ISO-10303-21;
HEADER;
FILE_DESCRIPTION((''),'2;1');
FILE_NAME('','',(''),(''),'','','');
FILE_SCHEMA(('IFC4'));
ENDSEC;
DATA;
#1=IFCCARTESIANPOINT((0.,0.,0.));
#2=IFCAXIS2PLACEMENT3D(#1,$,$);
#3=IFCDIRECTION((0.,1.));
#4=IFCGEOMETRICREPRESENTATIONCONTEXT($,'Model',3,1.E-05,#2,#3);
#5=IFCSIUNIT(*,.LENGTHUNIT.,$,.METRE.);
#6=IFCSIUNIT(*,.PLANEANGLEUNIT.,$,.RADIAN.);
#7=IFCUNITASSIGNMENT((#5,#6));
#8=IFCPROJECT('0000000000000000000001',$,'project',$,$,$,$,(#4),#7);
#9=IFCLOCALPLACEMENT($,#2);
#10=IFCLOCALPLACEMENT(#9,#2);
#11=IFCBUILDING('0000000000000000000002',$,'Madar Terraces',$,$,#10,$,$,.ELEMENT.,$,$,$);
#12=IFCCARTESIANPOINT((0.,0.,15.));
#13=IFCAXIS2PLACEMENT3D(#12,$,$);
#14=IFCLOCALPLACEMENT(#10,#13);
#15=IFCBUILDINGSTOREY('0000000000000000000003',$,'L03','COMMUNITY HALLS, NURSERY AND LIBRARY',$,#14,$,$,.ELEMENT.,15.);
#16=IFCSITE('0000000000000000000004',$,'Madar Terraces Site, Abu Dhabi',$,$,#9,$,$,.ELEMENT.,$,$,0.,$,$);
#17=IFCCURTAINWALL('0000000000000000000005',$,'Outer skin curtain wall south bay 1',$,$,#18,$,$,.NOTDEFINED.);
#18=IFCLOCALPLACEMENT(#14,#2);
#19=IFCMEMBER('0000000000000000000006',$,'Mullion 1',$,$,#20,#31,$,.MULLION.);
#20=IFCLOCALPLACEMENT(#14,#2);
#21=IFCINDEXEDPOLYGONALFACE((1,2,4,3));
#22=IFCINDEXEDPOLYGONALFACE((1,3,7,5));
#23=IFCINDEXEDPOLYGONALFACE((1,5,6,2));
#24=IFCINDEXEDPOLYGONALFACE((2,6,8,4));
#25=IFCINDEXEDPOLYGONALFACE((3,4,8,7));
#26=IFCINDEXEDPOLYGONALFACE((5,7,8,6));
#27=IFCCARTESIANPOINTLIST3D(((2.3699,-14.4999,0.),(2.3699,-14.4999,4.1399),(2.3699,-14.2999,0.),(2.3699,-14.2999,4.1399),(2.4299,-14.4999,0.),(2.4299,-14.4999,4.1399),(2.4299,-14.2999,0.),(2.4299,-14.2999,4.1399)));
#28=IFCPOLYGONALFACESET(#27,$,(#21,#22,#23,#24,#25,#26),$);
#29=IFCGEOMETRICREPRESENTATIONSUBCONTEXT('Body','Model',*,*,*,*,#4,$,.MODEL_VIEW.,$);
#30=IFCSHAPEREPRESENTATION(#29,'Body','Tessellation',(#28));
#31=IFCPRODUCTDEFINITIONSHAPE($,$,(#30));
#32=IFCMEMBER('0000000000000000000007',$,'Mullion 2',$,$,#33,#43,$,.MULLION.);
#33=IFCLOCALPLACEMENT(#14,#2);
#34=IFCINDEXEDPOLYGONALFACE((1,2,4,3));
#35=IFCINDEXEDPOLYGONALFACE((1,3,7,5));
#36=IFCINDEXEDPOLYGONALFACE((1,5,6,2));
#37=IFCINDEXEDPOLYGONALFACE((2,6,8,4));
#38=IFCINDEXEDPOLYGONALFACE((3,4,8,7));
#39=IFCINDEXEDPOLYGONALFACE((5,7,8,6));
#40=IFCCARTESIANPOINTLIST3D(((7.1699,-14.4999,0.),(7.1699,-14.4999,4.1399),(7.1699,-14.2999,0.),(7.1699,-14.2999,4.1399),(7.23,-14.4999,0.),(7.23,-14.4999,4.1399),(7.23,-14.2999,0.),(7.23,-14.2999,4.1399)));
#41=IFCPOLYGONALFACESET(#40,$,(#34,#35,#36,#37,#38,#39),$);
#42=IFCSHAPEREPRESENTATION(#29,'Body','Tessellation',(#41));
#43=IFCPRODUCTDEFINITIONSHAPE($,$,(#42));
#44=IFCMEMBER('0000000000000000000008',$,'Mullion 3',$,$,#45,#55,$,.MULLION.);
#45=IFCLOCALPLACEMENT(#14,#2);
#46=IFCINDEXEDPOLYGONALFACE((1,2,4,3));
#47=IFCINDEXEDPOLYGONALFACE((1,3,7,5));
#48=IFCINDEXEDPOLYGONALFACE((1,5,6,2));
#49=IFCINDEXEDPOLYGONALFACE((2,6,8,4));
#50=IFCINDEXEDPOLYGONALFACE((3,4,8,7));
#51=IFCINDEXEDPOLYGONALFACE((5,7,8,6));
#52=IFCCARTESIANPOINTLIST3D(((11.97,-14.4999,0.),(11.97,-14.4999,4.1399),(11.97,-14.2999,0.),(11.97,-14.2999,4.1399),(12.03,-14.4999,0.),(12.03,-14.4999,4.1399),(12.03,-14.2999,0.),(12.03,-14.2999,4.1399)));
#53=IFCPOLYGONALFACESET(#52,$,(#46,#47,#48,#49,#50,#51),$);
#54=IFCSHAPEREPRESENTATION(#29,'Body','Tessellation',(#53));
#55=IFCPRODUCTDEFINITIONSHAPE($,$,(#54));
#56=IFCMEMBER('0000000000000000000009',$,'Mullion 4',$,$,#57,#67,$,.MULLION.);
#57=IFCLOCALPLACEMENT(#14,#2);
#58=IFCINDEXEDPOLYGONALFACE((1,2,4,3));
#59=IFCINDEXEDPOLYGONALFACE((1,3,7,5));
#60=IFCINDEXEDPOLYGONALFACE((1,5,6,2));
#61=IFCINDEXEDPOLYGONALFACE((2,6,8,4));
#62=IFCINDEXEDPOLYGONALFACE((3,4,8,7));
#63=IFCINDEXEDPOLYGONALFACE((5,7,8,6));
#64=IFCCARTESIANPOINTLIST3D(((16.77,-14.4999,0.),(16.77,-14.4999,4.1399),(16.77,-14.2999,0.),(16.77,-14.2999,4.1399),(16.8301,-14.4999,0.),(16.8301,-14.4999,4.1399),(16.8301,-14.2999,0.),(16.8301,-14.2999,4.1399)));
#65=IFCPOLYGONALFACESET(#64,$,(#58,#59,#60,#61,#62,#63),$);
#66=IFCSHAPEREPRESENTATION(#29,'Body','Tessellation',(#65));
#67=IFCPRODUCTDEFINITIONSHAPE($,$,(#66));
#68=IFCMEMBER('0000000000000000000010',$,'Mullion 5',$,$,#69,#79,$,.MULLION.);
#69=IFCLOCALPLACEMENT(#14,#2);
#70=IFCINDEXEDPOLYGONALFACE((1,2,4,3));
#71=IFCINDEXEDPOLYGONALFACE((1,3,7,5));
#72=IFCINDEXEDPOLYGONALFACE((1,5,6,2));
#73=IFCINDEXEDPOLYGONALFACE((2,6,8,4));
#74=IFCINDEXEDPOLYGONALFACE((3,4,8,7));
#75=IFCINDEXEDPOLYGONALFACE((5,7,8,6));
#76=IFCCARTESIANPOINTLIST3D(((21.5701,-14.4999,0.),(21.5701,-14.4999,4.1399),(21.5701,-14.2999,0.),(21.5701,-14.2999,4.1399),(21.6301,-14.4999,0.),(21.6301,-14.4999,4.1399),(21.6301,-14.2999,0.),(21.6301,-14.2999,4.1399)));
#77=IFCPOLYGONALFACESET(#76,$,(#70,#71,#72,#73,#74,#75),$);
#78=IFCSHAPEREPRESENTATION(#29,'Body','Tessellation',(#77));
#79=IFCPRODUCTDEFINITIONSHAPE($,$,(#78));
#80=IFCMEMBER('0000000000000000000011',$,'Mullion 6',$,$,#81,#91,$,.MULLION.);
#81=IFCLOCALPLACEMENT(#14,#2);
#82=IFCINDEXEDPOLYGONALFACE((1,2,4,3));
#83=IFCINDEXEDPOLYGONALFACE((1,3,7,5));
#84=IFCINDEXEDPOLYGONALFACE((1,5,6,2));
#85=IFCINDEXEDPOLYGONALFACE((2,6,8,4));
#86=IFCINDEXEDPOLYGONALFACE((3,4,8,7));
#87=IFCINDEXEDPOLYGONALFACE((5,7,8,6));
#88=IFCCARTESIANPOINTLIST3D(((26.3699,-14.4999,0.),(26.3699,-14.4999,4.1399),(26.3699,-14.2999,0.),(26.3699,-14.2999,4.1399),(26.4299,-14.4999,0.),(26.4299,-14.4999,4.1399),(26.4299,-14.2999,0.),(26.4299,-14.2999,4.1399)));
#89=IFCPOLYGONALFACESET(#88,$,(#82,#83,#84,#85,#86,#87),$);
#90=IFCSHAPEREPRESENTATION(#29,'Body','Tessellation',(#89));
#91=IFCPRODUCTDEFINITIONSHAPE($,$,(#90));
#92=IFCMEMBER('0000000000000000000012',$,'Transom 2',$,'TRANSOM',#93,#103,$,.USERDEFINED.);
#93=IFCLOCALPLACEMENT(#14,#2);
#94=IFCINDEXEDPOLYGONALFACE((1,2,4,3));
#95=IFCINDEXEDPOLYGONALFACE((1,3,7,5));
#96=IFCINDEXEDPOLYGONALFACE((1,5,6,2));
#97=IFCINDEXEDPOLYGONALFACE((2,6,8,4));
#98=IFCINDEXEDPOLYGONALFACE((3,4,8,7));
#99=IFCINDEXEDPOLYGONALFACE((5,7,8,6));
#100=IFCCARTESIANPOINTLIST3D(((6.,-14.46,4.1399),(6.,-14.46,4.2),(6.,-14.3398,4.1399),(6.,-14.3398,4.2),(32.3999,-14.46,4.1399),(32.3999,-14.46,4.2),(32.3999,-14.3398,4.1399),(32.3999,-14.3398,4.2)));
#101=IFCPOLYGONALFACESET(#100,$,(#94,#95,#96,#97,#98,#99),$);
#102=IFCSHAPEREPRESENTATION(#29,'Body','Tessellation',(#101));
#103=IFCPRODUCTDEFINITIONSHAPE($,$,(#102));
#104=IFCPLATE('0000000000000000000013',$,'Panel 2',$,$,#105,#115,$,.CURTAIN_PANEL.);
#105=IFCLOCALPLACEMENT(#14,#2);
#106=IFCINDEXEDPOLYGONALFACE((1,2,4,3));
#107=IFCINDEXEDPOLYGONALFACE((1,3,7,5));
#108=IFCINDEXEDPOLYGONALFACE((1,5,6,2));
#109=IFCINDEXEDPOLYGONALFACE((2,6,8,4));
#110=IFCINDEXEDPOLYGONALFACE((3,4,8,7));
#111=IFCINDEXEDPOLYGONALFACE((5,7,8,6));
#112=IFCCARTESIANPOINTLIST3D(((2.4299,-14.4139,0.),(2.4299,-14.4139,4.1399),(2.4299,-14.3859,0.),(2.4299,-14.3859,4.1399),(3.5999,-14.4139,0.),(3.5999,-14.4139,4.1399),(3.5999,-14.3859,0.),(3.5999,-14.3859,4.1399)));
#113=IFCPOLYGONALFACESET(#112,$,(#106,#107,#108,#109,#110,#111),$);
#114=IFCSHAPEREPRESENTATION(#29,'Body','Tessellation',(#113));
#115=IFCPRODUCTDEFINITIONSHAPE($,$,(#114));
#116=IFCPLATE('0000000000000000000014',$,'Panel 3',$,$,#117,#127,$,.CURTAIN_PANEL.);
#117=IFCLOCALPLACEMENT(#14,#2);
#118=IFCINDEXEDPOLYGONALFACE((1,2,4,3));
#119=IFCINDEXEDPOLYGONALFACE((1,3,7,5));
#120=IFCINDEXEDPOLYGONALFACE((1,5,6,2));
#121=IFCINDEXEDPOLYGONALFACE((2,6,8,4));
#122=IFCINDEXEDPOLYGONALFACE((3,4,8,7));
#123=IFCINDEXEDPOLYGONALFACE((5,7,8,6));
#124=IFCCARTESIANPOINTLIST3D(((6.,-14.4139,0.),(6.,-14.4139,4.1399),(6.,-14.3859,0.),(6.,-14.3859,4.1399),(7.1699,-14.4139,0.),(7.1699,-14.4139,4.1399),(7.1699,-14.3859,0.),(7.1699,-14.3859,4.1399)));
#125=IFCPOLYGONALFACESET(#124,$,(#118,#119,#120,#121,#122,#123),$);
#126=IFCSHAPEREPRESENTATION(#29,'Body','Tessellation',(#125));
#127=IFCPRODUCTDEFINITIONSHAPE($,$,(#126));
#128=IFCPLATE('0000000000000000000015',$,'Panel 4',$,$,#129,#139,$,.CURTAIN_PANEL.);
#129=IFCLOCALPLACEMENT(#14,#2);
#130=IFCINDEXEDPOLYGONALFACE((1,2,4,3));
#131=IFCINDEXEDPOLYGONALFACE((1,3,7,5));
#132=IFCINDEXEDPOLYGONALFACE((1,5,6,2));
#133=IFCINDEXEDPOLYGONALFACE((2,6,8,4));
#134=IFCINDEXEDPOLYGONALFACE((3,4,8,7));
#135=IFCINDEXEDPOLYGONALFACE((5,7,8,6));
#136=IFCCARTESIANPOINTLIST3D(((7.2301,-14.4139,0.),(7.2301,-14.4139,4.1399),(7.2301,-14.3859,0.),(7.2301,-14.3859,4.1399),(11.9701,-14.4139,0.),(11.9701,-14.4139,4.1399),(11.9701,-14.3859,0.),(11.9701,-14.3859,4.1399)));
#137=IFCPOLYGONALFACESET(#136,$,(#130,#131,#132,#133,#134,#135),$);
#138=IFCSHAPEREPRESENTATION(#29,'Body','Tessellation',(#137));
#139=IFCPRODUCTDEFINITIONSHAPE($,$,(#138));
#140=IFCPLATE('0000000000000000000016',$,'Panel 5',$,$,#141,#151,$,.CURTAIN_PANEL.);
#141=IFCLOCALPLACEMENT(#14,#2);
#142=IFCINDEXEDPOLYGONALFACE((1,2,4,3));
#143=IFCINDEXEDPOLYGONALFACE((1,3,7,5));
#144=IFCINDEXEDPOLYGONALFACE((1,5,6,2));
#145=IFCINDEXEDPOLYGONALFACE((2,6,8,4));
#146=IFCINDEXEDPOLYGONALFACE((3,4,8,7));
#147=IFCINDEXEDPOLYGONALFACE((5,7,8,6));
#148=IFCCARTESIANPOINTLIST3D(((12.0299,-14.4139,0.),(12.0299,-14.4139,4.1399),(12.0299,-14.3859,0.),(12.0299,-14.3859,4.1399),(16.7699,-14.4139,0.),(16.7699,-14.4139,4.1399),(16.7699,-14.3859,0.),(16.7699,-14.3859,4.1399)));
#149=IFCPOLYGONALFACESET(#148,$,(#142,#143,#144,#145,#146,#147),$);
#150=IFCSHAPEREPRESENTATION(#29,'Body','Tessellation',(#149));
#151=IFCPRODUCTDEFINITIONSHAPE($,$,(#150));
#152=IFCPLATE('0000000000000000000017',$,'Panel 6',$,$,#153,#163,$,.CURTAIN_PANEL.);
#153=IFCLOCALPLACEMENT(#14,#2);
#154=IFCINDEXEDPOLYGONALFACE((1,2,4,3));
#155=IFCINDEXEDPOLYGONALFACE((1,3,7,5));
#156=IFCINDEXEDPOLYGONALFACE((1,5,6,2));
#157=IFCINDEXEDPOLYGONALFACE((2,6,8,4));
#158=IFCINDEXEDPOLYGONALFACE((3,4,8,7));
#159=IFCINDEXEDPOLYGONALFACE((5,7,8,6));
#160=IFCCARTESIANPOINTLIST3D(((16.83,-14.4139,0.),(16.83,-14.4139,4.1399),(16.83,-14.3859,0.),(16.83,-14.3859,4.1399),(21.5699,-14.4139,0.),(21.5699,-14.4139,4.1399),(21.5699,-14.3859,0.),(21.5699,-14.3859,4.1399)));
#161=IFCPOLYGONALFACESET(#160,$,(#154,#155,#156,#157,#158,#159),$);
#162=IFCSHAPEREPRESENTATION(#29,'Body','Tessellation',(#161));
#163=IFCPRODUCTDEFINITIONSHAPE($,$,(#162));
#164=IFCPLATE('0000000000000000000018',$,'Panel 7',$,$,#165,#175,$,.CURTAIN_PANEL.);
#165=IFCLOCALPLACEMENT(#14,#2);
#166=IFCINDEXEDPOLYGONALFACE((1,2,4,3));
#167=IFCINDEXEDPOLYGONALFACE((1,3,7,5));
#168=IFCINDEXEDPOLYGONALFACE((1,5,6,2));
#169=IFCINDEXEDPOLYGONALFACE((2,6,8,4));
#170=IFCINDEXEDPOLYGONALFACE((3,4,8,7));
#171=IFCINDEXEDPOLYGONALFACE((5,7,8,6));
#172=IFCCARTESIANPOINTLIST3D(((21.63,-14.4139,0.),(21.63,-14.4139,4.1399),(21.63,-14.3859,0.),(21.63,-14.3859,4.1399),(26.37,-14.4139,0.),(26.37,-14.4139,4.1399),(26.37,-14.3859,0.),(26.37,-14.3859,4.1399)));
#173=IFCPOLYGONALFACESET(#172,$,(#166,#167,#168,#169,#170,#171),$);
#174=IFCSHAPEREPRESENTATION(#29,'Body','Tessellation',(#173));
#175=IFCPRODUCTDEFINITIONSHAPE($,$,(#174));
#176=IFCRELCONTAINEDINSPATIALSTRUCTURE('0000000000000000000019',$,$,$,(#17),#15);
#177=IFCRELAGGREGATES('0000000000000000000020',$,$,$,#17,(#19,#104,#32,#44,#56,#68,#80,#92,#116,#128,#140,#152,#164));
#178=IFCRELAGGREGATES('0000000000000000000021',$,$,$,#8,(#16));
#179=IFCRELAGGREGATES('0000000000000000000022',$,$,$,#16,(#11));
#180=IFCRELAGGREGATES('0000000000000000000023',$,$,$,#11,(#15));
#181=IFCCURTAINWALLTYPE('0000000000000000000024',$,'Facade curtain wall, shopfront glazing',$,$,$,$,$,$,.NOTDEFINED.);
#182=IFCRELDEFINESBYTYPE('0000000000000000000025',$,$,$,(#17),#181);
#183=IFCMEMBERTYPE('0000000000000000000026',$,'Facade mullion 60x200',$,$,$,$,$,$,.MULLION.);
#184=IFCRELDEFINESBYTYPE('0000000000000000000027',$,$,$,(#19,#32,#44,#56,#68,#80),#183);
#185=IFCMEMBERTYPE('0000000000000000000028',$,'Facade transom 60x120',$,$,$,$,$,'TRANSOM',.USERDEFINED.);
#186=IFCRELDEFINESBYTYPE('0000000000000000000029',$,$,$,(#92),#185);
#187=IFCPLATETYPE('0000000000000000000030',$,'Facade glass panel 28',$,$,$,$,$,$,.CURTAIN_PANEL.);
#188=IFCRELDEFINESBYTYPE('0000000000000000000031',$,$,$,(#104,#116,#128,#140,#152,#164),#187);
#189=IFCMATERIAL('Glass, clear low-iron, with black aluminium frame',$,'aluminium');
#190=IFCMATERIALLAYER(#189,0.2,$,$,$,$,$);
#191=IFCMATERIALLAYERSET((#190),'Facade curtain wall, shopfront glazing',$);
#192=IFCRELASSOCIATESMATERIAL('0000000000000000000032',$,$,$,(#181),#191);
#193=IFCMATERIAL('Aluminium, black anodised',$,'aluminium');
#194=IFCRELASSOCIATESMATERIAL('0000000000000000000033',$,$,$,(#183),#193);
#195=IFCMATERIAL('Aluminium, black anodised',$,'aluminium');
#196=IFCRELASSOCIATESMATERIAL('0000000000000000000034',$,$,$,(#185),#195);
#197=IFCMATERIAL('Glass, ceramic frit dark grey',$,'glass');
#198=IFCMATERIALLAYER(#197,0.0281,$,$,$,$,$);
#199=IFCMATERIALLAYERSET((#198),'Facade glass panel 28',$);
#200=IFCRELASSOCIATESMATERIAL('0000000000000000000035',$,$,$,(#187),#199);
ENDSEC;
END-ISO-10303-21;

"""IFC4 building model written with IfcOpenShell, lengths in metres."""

from ifc_helpers import new_model, si_unit, direction, frame, origin, origin_2d, place, context, subcontext, project, spatial, rectangle, extrude, material, layer, layer_set, material_profile, profile_set, type_object, element, aggregate, save


model = new_model("IFC4")

# Units and contexts
model_context = context("Model", 3, precision=1e-05, world=origin(), true_north=direction((0.0, 1.0)))
body_context = subcontext(model_context, "Body", "Model", "MODEL_VIEW")
ifc_project = project(units=[si_unit("LENGTHUNIT", "METRE"), si_unit("PLANEANGLEUNIT", "RADIAN")], contexts=[model_context])

# Site, building, storey
site_placement = place(None, origin())
site = spatial("IfcSite", under=ifc_project, at=site_placement, Name="Madar Terraces Site, Abu Dhabi", CompositionType="ELEMENT", RefElevation=0.0)
building_placement = place(site_placement, origin())
building = spatial("IfcBuilding", under=site, at=building_placement, Name="Madar Terraces", CompositionType="ELEMENT")
storey_placement = place(building_placement, frame((0.0, 0.0, 15.0)))
storey = spatial("IfcBuildingStorey", under=building, at=storey_placement, Name="L03", Description="COMMUNITY HALLS, NURSERY AND LIBRARY", CompositionType="ELEMENT", Elevation=15.0)

# Curtain wall, members, plates
ifc_material_1 = material(Name="Glass, clear low-iron, with black aluminium frame", Category="aluminium")
ifc_layer_1 = layer(ifc_material_1, 0.2)
ifc_layer_set_1 = layer_set([ifc_layer_1], Name="Facade curtain wall, shopfront glazing")
curtain_wall_type = type_object("IfcCurtainWallType", Name="Facade curtain wall, shopfront glazing", PredefinedType="NOTDEFINED", material=ifc_layer_set_1)
curtain_wall_placement = place(storey_placement, origin())
curtain_wall = element("IfcCurtainWall", 1, at=curtain_wall_placement, inside=storey, type_object=curtain_wall_type, Name="Outer skin curtain wall south bay 1", PredefinedType="NOTDEFINED")
ifc_material_2 = material(Name="Aluminium, black anodised", Category="aluminium")
ifc_material_profile_1 = material_profile(ifc_material_2, rectangle(XDim=0.2, YDim=0.0601, at=origin_2d()), Name="Facade mullion 60x200")
ifc_profile_set_1 = profile_set([ifc_material_profile_1], Name="Aluminium, black anodised")
member_type_1 = type_object("IfcMemberType", Name="Facade mullion 60x200", PredefinedType="MULLION", material=ifc_profile_set_1)
member_1_placement = place(storey_placement, frame((2.3999, -14.3999, 0.0), z_axis=(0.0, 0.0, 1.0), x_axis=(0.0, 1.0, 0.0)))
member_1 = element("IfcMember", 2, at=member_1_placement, type_object=member_type_1, Name="Mullion 1", PredefinedType="MULLION", context=body_context, shape_type="SweptSolid", body=[
    extrude(rectangle(XDim=0.2, YDim=0.0601, at=origin_2d()), origin(), (0.0, 0.0, 1.0), 4.1399),
])
member_2_placement = place(storey_placement, frame((7.2, -14.3999, 0.0), z_axis=(0.0, 0.0, 1.0), x_axis=(0.0, 1.0, 0.0)))
member_2 = element("IfcMember", 3, at=member_2_placement, type_object=member_type_1, Name="Mullion 2", PredefinedType="MULLION", context=body_context, shape_type="SweptSolid", body=[
    extrude(rectangle(XDim=0.2, YDim=0.0601, at=origin_2d()), origin(), (0.0, 0.0, 1.0), 4.1399),
])
member_3_placement = place(storey_placement, frame((12.0, -14.3999, 0.0), z_axis=(0.0, 0.0, 1.0), x_axis=(0.0, 1.0, 0.0)))
member_3 = element("IfcMember", 4, at=member_3_placement, type_object=member_type_1, Name="Mullion 3", PredefinedType="MULLION", context=body_context, shape_type="SweptSolid", body=[
    extrude(rectangle(XDim=0.2, YDim=0.0601, at=origin_2d()), origin(), (0.0, 0.0, 1.0), 4.1399),
])
member_4_placement = place(storey_placement, frame((16.8, -14.3999, 0.0), z_axis=(0.0, 0.0, 1.0), x_axis=(0.0, 1.0, 0.0)))
member_4 = element("IfcMember", 5, at=member_4_placement, type_object=member_type_1, Name="Mullion 4", PredefinedType="MULLION", context=body_context, shape_type="SweptSolid", body=[
    extrude(rectangle(XDim=0.2, YDim=0.0601, at=origin_2d()), origin(), (0.0, 0.0, 1.0), 4.1399),
])
member_5_placement = place(storey_placement, frame((21.6001, -14.3999, 0.0), z_axis=(0.0, 0.0, 1.0), x_axis=(0.0, 1.0, 0.0)))
member_5 = element("IfcMember", 6, at=member_5_placement, type_object=member_type_1, Name="Mullion 5", PredefinedType="MULLION", context=body_context, shape_type="SweptSolid", body=[
    extrude(rectangle(XDim=0.2, YDim=0.0601, at=origin_2d()), origin(), (0.0, 0.0, 1.0), 4.1399),
])
member_6_placement = place(storey_placement, frame((26.3999, -14.3999, 0.0), z_axis=(0.0, 0.0, 1.0), x_axis=(0.0, 1.0, 0.0)))
member_6 = element("IfcMember", 7, at=member_6_placement, type_object=member_type_1, Name="Mullion 6", PredefinedType="MULLION", context=body_context, shape_type="SweptSolid", body=[
    extrude(rectangle(XDim=0.2, YDim=0.0601, at=origin_2d()), origin(), (0.0, 0.0, 1.0), 4.1399),
])
ifc_material_3 = material(Name="Aluminium, black anodised", Category="aluminium")
ifc_material_profile_2 = material_profile(ifc_material_3, rectangle(XDim=0.1201, YDim=0.0601, at=origin_2d()), Name="Facade transom 60x120")
ifc_profile_set_2 = profile_set([ifc_material_profile_2], Name="Aluminium, black anodised")
member_type_2 = type_object("IfcMemberType", Name="Facade transom 60x120", ElementType="TRANSOM", PredefinedType="USERDEFINED", material=ifc_profile_set_2)
member_7_placement = place(storey_placement, frame((6.0, -14.3999, 4.1699), z_axis=(1.0, 0.0, 0.0), x_axis=(0.0, 1.0, 0.0)))
member_7 = element("IfcMember", 8, at=member_7_placement, type_object=member_type_2, Name="Transom 2", ObjectType="TRANSOM", PredefinedType="USERDEFINED", context=body_context, shape_type="SweptSolid", body=[
    extrude(rectangle(XDim=0.1201, YDim=0.0601, at=origin_2d()), origin(), (0.0, 0.0, 1.0), 26.3999),
])
ifc_material_4 = material(Name="Glass, ceramic frit dark grey", Category="glass")
ifc_layer_2 = layer(ifc_material_4, 0.0281)
ifc_layer_set_2 = layer_set([ifc_layer_2], Name="Facade glass panel 28")
plate_type = type_object("IfcPlateType", Name="Facade glass panel 28", PredefinedType="CURTAIN_PANEL", material=ifc_layer_set_2)
plate_1_placement = place(storey_placement, frame((3.0149, -14.3999, 0.0), z_axis=(0.0, 0.0, 1.0), x_axis=(1.0, 0.0, 0.0)))
plate_1 = element("IfcPlate", 9, at=plate_1_placement, type_object=plate_type, Name="Panel 2", PredefinedType="CURTAIN_PANEL", context=body_context, shape_type="SweptSolid", body=[
    extrude(rectangle(XDim=1.1699, YDim=0.0281, at=origin_2d()), origin(), (0.0, 0.0, 1.0), 4.1399),
])
plate_2_placement = place(storey_placement, frame((6.585, -14.3999, 0.0), z_axis=(0.0, 0.0, 1.0), x_axis=(1.0, 0.0, 0.0)))
plate_2 = element("IfcPlate", 10, at=plate_2_placement, type_object=plate_type, Name="Panel 3", PredefinedType="CURTAIN_PANEL", context=body_context, shape_type="SweptSolid", body=[
    extrude(rectangle(XDim=1.1699, YDim=0.0281, at=origin_2d()), origin(), (0.0, 0.0, 1.0), 4.1399),
])
plate_3_placement = place(storey_placement, frame((9.6001, -14.3999, 0.0), z_axis=(0.0, 0.0, 1.0), x_axis=(1.0, 0.0, 0.0)))
plate_3 = element("IfcPlate", 11, at=plate_3_placement, type_object=plate_type, Name="Panel 4", PredefinedType="CURTAIN_PANEL", context=body_context, shape_type="SweptSolid", body=[
    extrude(rectangle(XDim=4.74, YDim=0.0281, at=origin_2d()), origin(), (0.0, 0.0, 1.0), 4.1399),
])
plate_4_placement = place(storey_placement, frame((14.3999, -14.3999, 0.0), z_axis=(0.0, 0.0, 1.0), x_axis=(1.0, 0.0, 0.0)))
plate_4 = element("IfcPlate", 12, at=plate_4_placement, type_object=plate_type, Name="Panel 5", PredefinedType="CURTAIN_PANEL", context=body_context, shape_type="SweptSolid", body=[
    extrude(rectangle(XDim=4.74, YDim=0.0281, at=origin_2d()), origin(), (0.0, 0.0, 1.0), 4.1399),
])
plate_5_placement = place(storey_placement, frame((19.2, -14.3999, 0.0), z_axis=(0.0, 0.0, 1.0), x_axis=(1.0, 0.0, 0.0)))
plate_5 = element("IfcPlate", 13, at=plate_5_placement, type_object=plate_type, Name="Panel 6", PredefinedType="CURTAIN_PANEL", context=body_context, shape_type="SweptSolid", body=[
    extrude(rectangle(XDim=4.74, YDim=0.0281, at=origin_2d()), origin(), (0.0, 0.0, 1.0), 4.1399),
])
plate_6_placement = place(storey_placement, frame((24.0, -14.3999, 0.0), z_axis=(0.0, 0.0, 1.0), x_axis=(1.0, 0.0, 0.0)))
plate_6 = element("IfcPlate", 14, at=plate_6_placement, type_object=plate_type, Name="Panel 7", PredefinedType="CURTAIN_PANEL", context=body_context, shape_type="SweptSolid", body=[
    extrude(rectangle(XDim=4.74, YDim=0.0281, at=origin_2d()), origin(), (0.0, 0.0, 1.0), 4.1399),
])
aggregate(curtain_wall, [member_1, plate_1, member_2, member_3, member_4, member_5, member_6, member_7, plate_2, plate_3, plate_4, plate_5, plate_6])

save(model, "model.ifc")
